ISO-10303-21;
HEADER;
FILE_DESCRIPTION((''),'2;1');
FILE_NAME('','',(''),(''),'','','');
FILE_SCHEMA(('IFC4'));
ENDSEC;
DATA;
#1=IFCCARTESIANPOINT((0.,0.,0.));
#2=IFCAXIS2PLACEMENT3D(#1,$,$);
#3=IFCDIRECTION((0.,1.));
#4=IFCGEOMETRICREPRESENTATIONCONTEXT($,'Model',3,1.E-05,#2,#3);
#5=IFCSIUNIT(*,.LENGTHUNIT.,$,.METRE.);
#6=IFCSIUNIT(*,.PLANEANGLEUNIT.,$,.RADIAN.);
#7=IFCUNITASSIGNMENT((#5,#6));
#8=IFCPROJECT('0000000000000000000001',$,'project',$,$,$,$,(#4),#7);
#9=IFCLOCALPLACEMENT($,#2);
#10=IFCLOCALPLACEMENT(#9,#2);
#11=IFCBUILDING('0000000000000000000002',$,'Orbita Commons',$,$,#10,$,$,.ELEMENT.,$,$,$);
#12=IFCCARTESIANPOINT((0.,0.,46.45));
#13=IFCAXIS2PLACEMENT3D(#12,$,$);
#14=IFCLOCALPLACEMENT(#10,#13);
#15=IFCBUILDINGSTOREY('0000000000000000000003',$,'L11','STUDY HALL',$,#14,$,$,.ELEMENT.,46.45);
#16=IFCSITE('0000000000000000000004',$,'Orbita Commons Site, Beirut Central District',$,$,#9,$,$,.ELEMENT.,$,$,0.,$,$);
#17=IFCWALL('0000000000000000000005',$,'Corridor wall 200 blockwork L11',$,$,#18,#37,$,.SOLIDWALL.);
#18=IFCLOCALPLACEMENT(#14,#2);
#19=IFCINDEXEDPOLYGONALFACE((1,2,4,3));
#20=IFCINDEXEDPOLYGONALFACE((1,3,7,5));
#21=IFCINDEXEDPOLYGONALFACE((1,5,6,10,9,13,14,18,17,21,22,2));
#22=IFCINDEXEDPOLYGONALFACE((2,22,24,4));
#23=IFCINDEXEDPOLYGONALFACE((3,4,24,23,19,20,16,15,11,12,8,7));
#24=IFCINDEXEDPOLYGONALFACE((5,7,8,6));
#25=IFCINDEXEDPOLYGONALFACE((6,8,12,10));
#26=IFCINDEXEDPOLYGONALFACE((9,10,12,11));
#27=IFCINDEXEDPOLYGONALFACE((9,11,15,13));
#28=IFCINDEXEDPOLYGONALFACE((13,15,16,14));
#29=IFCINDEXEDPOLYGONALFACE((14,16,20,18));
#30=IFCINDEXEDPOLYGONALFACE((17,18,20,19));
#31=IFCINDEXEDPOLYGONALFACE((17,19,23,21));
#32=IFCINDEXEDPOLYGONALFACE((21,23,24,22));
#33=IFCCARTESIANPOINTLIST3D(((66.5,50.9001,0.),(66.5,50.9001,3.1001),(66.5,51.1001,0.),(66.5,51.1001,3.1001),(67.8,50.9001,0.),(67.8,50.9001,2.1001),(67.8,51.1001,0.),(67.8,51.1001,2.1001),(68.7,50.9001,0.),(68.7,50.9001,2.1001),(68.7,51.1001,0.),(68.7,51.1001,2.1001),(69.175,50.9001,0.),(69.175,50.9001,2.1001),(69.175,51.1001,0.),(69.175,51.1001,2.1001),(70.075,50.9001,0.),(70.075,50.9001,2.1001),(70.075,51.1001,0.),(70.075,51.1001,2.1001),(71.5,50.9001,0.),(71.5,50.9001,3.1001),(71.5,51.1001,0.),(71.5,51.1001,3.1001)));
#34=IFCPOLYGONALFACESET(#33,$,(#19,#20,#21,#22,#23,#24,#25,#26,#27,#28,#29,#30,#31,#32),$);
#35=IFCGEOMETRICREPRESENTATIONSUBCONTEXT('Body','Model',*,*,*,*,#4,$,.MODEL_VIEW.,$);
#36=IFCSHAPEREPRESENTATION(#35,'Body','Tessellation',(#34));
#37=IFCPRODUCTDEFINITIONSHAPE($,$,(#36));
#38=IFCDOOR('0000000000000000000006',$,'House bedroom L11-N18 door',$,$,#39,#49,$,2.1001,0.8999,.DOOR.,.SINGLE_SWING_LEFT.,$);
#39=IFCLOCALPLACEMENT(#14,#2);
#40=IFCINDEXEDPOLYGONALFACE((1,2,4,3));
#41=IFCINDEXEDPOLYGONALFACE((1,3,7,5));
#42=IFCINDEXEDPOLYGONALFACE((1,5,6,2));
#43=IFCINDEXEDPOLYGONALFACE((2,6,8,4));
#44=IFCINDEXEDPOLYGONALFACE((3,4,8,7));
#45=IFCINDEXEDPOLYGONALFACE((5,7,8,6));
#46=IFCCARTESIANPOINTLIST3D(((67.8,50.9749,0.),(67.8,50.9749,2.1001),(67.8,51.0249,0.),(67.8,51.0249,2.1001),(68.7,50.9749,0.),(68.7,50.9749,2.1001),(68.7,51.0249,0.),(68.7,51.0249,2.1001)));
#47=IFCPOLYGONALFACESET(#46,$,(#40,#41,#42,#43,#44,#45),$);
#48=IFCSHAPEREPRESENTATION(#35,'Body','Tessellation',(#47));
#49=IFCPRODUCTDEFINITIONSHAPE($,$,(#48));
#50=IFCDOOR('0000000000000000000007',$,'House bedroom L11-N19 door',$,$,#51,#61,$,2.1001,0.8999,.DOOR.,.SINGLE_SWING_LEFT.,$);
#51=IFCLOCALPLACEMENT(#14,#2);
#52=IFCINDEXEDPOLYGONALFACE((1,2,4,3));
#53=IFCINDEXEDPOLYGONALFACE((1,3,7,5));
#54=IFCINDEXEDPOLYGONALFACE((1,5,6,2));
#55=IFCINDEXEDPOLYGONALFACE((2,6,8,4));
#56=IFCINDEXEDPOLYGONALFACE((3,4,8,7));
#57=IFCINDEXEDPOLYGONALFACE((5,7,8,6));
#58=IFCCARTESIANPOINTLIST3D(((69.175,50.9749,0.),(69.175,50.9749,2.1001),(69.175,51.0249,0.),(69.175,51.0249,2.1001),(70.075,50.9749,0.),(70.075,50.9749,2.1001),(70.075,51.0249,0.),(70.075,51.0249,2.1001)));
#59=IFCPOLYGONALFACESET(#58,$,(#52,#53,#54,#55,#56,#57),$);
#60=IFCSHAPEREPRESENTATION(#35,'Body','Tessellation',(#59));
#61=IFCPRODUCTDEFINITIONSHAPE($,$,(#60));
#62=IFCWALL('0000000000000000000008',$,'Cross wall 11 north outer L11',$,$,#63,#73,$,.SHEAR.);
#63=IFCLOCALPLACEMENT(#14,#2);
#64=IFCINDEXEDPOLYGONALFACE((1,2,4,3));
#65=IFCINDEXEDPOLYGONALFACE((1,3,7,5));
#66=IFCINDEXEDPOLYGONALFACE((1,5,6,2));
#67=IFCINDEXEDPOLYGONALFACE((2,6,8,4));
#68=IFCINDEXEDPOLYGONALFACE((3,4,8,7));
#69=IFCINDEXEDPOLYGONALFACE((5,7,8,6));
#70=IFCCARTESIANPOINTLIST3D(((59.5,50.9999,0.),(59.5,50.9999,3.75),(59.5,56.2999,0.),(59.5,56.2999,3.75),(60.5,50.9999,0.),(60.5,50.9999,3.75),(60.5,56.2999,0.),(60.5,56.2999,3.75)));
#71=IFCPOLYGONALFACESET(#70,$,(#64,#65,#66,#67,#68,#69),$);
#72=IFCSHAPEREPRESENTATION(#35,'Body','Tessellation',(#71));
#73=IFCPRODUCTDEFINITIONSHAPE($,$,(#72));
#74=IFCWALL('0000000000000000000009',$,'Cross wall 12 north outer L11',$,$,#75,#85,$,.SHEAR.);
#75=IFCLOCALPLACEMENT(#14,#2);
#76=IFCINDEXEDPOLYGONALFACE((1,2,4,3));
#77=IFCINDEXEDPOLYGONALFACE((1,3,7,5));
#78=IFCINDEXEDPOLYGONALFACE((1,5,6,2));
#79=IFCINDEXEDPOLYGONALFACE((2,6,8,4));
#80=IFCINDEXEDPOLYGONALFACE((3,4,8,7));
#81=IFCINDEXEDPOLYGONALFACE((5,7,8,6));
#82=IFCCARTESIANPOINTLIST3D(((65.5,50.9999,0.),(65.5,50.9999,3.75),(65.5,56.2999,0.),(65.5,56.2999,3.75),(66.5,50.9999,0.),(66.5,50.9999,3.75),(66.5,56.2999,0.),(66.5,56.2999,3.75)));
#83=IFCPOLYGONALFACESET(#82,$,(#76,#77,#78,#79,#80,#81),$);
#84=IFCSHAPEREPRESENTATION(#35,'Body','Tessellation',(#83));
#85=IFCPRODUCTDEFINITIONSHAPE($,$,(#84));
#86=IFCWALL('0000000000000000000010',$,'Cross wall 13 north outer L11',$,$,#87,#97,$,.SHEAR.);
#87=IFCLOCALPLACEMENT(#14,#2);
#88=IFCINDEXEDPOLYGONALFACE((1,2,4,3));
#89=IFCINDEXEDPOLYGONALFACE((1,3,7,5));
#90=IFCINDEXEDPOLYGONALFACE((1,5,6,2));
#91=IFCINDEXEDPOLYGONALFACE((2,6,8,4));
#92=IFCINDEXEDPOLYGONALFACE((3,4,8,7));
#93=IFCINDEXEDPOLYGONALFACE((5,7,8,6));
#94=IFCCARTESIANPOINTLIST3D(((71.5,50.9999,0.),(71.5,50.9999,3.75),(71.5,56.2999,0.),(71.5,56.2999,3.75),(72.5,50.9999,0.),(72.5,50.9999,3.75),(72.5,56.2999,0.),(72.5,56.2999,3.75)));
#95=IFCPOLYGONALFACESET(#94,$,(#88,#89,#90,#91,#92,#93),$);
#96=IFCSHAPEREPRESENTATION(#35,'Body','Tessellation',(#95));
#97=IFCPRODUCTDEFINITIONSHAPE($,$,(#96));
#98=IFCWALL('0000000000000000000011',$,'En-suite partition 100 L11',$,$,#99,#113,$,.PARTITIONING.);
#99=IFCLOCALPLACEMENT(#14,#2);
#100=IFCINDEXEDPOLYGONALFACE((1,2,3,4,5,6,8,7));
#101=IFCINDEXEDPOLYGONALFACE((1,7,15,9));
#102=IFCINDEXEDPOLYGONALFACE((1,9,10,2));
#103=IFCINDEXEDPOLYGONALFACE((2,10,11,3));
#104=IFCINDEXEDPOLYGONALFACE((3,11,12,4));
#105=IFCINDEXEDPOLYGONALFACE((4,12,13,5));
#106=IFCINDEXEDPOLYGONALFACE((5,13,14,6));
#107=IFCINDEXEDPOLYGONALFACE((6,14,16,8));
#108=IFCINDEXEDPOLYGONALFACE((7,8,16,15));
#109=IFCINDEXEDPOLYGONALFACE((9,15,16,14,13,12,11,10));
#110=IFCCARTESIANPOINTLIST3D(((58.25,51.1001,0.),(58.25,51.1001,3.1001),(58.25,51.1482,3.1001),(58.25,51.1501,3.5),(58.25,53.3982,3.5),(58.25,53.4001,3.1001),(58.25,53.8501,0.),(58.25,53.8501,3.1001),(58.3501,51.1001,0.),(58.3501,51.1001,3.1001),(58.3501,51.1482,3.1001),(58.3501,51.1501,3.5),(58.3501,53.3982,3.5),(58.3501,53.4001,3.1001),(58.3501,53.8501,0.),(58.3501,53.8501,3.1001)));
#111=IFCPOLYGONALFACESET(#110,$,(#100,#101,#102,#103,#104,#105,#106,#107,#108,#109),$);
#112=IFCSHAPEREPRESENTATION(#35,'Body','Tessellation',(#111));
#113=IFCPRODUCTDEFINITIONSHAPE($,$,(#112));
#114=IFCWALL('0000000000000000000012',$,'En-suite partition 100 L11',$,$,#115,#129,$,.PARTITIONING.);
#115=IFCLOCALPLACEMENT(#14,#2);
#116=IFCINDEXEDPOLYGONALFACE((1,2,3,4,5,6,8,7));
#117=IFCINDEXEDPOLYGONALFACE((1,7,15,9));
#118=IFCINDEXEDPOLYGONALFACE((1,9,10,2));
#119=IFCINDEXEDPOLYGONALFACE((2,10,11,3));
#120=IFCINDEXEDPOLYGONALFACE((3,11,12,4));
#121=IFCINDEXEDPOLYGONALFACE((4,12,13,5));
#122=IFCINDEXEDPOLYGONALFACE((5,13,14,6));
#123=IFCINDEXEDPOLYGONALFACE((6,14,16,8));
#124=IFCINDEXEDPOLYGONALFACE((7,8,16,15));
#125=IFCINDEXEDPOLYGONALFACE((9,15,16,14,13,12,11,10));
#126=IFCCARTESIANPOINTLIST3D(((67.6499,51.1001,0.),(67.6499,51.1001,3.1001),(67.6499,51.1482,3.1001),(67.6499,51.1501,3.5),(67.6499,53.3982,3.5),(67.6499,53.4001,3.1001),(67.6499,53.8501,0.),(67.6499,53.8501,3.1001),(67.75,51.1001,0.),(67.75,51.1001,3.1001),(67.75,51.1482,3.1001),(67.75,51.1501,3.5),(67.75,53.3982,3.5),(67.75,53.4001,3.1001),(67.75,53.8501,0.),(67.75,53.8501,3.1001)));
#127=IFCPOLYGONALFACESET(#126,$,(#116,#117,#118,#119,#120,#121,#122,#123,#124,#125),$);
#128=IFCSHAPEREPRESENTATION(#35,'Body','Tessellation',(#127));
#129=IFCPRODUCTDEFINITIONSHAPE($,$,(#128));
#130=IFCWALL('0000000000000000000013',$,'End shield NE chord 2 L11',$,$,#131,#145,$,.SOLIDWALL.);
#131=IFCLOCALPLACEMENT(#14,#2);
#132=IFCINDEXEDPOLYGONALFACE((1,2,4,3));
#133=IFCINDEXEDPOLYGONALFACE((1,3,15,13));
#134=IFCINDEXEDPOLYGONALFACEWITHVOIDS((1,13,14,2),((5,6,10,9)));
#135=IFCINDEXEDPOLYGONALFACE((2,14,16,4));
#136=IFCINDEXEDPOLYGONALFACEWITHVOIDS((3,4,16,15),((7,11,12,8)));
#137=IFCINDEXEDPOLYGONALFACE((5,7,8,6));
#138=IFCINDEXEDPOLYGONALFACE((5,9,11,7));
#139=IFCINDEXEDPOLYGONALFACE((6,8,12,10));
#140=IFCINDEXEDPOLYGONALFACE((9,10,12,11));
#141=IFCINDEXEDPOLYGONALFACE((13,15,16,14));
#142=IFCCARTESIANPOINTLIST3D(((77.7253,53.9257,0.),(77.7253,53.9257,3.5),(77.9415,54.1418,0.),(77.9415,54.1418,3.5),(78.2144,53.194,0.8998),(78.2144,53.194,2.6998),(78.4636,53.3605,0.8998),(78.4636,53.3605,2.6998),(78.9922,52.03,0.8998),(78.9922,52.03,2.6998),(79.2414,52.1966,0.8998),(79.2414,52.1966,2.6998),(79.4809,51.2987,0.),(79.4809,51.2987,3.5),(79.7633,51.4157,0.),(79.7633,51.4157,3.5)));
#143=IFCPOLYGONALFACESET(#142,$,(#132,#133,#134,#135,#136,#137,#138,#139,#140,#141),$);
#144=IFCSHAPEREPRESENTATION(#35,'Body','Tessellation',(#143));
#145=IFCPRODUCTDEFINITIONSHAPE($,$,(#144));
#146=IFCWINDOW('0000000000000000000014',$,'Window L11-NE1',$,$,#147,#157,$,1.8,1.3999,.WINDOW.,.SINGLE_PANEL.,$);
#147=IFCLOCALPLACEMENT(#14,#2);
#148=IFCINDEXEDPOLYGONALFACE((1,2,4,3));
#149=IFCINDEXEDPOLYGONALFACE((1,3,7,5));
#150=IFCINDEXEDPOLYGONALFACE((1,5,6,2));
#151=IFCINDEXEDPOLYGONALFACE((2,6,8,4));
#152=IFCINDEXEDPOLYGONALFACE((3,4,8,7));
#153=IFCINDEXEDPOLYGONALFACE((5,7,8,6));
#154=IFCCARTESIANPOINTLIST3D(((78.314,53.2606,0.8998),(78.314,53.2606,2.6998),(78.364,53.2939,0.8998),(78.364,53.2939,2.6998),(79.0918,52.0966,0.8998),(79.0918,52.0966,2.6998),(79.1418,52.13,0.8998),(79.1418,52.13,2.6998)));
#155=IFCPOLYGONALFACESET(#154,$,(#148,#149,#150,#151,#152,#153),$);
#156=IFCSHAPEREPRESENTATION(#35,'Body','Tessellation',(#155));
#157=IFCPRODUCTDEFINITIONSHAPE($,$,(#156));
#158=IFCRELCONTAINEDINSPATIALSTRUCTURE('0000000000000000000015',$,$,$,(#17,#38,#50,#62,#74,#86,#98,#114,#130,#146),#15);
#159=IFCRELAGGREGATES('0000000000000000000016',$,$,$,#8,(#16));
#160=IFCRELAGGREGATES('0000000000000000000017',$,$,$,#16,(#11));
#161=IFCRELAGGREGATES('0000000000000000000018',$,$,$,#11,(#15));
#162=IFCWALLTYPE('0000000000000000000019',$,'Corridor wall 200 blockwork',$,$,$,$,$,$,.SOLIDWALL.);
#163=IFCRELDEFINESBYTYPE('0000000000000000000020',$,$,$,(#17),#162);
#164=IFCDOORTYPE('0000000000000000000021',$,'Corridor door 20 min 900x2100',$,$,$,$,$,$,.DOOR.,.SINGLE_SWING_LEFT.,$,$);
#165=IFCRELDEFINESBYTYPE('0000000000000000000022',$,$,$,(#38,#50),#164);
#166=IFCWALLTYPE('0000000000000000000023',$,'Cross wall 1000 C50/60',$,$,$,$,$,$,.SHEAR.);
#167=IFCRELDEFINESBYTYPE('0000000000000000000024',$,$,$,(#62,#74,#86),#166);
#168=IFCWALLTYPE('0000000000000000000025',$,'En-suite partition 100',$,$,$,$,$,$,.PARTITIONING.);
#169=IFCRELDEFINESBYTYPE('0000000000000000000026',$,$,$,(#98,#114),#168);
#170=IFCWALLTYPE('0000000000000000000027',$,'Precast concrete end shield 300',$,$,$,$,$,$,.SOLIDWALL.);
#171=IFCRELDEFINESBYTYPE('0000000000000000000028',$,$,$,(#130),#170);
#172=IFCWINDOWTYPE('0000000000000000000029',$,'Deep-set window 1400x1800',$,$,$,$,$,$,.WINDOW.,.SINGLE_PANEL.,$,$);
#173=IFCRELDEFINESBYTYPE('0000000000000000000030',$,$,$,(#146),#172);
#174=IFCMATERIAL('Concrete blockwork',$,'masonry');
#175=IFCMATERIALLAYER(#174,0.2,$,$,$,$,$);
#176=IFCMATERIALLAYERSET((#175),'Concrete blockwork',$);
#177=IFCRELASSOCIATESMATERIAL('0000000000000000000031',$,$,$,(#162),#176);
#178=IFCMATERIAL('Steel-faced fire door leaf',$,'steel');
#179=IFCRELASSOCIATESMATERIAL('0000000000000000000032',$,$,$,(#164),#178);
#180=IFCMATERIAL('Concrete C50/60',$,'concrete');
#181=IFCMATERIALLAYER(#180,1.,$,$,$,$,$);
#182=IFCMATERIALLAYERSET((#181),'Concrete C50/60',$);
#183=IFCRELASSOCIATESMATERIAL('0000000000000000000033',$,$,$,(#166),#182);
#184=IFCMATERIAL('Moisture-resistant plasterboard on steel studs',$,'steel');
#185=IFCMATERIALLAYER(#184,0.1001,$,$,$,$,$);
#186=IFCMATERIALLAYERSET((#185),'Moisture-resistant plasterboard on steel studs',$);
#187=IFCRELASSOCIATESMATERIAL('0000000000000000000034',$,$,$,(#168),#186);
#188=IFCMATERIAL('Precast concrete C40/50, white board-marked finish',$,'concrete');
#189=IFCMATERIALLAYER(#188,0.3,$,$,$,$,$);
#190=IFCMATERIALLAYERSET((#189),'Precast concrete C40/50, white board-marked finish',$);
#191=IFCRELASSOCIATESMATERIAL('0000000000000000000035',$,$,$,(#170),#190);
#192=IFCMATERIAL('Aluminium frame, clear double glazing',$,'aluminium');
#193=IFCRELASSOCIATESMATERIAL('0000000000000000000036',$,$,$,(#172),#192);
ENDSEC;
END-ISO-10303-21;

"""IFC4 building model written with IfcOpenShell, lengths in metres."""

from ifc_helpers import new_model, si_unit, direction, frame, frame_2d, origin, place, context, subcontext, project, spatial, polyline, rectangle, outline, extrude, material, layer, layer_set, type_object, element, fill, save


model = new_model("IFC4")

# Units and contexts
model_context = context("Model", 3, precision=1e-05, world=origin(), true_north=direction((0.0, 1.0)))
body_context = subcontext(model_context, "Body", "Model", "MODEL_VIEW")
ifc_project = project(units=[si_unit("LENGTHUNIT", "METRE"), si_unit("PLANEANGLEUNIT", "RADIAN")], contexts=[model_context])

# Site, building, storey
site_placement = place(None, origin())
site = spatial("IfcSite", under=ifc_project, at=site_placement, Name="Orbita Commons Site, Beirut Central District", CompositionType="ELEMENT", RefElevation=0.0)
building_placement = place(site_placement, origin())
building = spatial("IfcBuilding", under=site, at=building_placement, Name="Orbita Commons", CompositionType="ELEMENT")
storey_placement = place(building_placement, frame((0.0, 0.0, 46.45)))
storey = spatial("IfcBuildingStorey", under=building, at=storey_placement, Name="L11", Description="STUDY HALL", CompositionType="ELEMENT", Elevation=46.45)

# Shared definitions
ifc_material_1 = material(Name="Concrete blockwork", Category="masonry")
ifc_layer_1 = layer(ifc_material_1, 0.2)
ifc_layer_set_1 = layer_set([ifc_layer_1], Name="Concrete blockwork")
wall_type_1 = type_object("IfcWallType", Name="Corridor wall 200 blockwork", PredefinedType="SOLIDWALL", material=ifc_layer_set_1)

# Wall, openings, doors
wall_1_placement = place(storey_placement, frame((66.5, 51.0, 0.0), z_axis=(0.0, 0.0, 1.0), x_axis=(1.0, 0.0, 0.0)))
wall_1 = element("IfcWall", 1, at=wall_1_placement, inside=storey, type_object=wall_type_1, Name="Corridor wall 200 blockwork L11", PredefinedType="SOLIDWALL", context=body_context, shape_type="SweptSolid", body=[
    extrude(outline(polyline([(0.0, 0.0), (5.0, 0.0), (5.0, 3.1001), (0.0, 3.1001), (0.0, 0.0)])), frame((0.0, 0.1001, 0.0), z_axis=(0.0, -1.0, 0.0), x_axis=(1.0, 0.0, 0.0)), (0.0, 0.0, 1.0), 0.2),
])
opening_1_placement = place(wall_1_placement, frame((1.3, 0.0, 0.0)))
opening_1 = element("IfcOpeningElement", 2, at=opening_1_placement, cuts=wall_1, PredefinedType="OPENING", context=body_context, shape_type="SweptSolid", body=[
    extrude(rectangle(XDim=0.8999, YDim=2.1001, at=frame_2d((0.45, 1.05))), frame((0.0, 0.1099, 0.0), z_axis=(0.0, -1.0, 0.0), x_axis=(1.0, 0.0, 0.0)), (0.0, 0.0, 1.0), 0.22),
])
opening_2_placement = place(wall_1_placement, frame((2.675, 0.0, 0.0)))
opening_2 = element("IfcOpeningElement", 3, at=opening_2_placement, cuts=wall_1, PredefinedType="OPENING", context=body_context, shape_type="SweptSolid", body=[
    extrude(rectangle(XDim=0.8999, YDim=2.1001, at=frame_2d((0.45, 1.05))), frame((0.0, 0.1099, 0.0), z_axis=(0.0, -1.0, 0.0), x_axis=(1.0, 0.0, 0.0)), (0.0, 0.0, 1.0), 0.22),
])
ifc_material_2 = material(Name="Steel-faced fire door leaf", Category="steel")
door_type_1 = type_object("IfcDoorType", Name="Corridor door 20 min 900x2100", OperationType="SINGLE_SWING_LEFT", PredefinedType="DOOR", material=ifc_material_2)
door_1_placement = place(opening_1_placement, origin())
door_1 = element("IfcDoor", 4, at=door_1_placement, inside=storey, type_object=door_type_1, Name="House bedroom L11-N18 door", OperationType="SINGLE_SWING_LEFT", OverallHeight=2.1001, OverallWidth=0.8999, PredefinedType="DOOR", context=body_context, shape_type="SweptSolid", body=[
    extrude(rectangle(XDim=0.8999, YDim=2.1001, at=frame_2d((0.45, 1.05))), frame((0.0, 0.0249, 0.0), z_axis=(0.0, -1.0, 0.0), x_axis=(1.0, 0.0, 0.0)), (0.0, 0.0, 1.0), 0.05),
])
fill(opening_1, door_1)
door_2_placement = place(opening_2_placement, origin())
door_2 = element("IfcDoor", 5, at=door_2_placement, inside=storey, type_object=door_type_1, Name="House bedroom L11-N19 door", OperationType="SINGLE_SWING_LEFT", OverallHeight=2.1001, OverallWidth=0.8999, PredefinedType="DOOR", context=body_context, shape_type="SweptSolid", body=[
    extrude(rectangle(XDim=0.8999, YDim=2.1001, at=frame_2d((0.45, 1.05))), frame((0.0, 0.0249, 0.0), z_axis=(0.0, -1.0, 0.0), x_axis=(1.0, 0.0, 0.0)), (0.0, 0.0, 1.0), 0.05),
])
fill(opening_2, door_2)

# Walls
ifc_material_3 = material(Name="Concrete C50/60", Category="concrete")
ifc_layer_2 = layer(ifc_material_3, 1.0)
ifc_layer_set_2 = layer_set([ifc_layer_2], Name="Concrete C50/60")
wall_type_2 = type_object("IfcWallType", Name="Cross wall 1000 C50/60", PredefinedType="SHEAR", material=ifc_layer_set_2)
for number, where, z_axis, x_axis, name in (
    (6, (60.0, 51.0, 0.0), (0.0, 0.0, 1.0), (0.0, 1.0, 0.0), "Cross wall 11 north outer L11"),
    (7, (66.0, 51.0, 0.0), (0.0, 0.0, 1.0), (0.0, 1.0, 0.0), "Cross wall 12 north outer L11"),
    (8, (72.0, 51.0, 0.0), (0.0, 0.0, 1.0), (0.0, 1.0, 0.0), "Cross wall 13 north outer L11"),
):
    element("IfcWall", number, at=place(storey_placement, frame(where, z_axis=z_axis, x_axis=x_axis)), inside=storey, type_object=wall_type_2, Name=name, PredefinedType="SHEAR", context=body_context, shape_type="SweptSolid", body=[
        extrude(rectangle(XDim=5.3, YDim=1.0, at=frame_2d((2.6499, 0.0))), origin(), (0.0, 0.0, 1.0), 3.75),
    ])
ifc_material_4 = material(Name="Moisture-resistant plasterboard on steel studs", Category="steel")
ifc_layer_3 = layer(ifc_material_4, 0.1001)
ifc_layer_set_3 = layer_set([ifc_layer_3], Name="Moisture-resistant plasterboard on steel studs")
wall_type_3 = type_object("IfcWallType", Name="En-suite partition 100", PredefinedType="PARTITIONING", material=ifc_layer_set_3)
for number, where, z_axis, x_axis, name in (
    (9, (58.3, 53.8501, 0.0), (0.0, 0.0, 1.0), (0.0, -1.0, 0.0), "En-suite partition 100 L11"),
    (10, (67.7, 53.8501, 0.0), (0.0, 0.0, 1.0), (0.0, -1.0, 0.0), "En-suite partition 100 L11"),
):
    element("IfcWall", number, at=place(storey_placement, frame(where, z_axis=z_axis, x_axis=x_axis)), inside=storey, type_object=wall_type_3, Name=name, PredefinedType="PARTITIONING", context=body_context, shape_type="SweptSolid", body=[
        extrude(outline(polyline([(0.0, 0.0), (2.75, 0.0), (2.75, 3.1001), (2.7019, 3.1001), (2.7, 3.5), (0.4519, 3.5), (0.45, 3.1001), (0.0, 3.1001), (0.0, 0.0)])), frame((0.0, 0.05, 0.0), z_axis=(0.0, -1.0, 0.0), x_axis=(1.0, 0.0, 0.0)), (0.0, 0.0, 1.0), 0.1001),
    ])

# Wall, opening, window
ifc_material_5 = material(Name="Precast concrete C40/50, white board-marked finish", Category="concrete")
ifc_layer_4 = layer(ifc_material_5, 0.3)
ifc_layer_set_4 = layer_set([ifc_layer_4], Name="Precast concrete C40/50, white board-marked finish")
wall_type_4 = type_object("IfcWallType", Name="Precast concrete end shield 300", PredefinedType="SOLIDWALL", material=ifc_layer_set_4)
wall_2_placement = place(storey_placement, frame((79.6221, 51.3572, 0.0), z_axis=(0.0, 0.0, 1.0), x_axis=(-0.55561, 0.831443, 0.0)))
wall_2 = element("IfcWall", 11, at=wall_2_placement, inside=storey, type_object=wall_type_4, Name="End shield NE chord 2 L11", PredefinedType="SOLIDWALL", context=body_context, shape_type="SweptSolid", body=[
    extrude(outline(polyline([(-0.0298, -0.1499), (3.249, -0.1499), (3.1895, 0.1499), (0.0298, 0.1499), (-0.0298, -0.1499)])), origin(), (0.0, 0.0, 1.0), 3.5),
])
opening_3_placement = place(wall_2_placement, frame((0.9094, 0.0, 0.8999)))
opening_3 = element("IfcOpeningElement", 12, at=opening_3_placement, cuts=wall_2, PredefinedType="OPENING", context=body_context, shape_type="SweptSolid", body=[
    extrude(rectangle(XDim=1.3999, YDim=1.8, at=frame_2d((0.7, 0.8999))), frame((0.0, 0.1599, 0.0), z_axis=(0.0, -1.0, 0.0), x_axis=(1.0, 0.0, 0.0)), (0.0, 0.0, 1.0), 0.3201),
])
ifc_material_6 = material(Name="Aluminium frame, clear double glazing", Category="aluminium")
window_type = type_object("IfcWindowType", Name="Deep-set window 1400x1800", PartitioningType="SINGLE_PANEL", PredefinedType="WINDOW", material=ifc_material_6)
window_placement = place(opening_3_placement, origin())
window = element("IfcWindow", 13, at=window_placement, inside=storey, type_object=window_type, Name="Window L11-NE1", OverallHeight=1.8, OverallWidth=1.3999, PartitioningType="SINGLE_PANEL", PredefinedType="WINDOW", context=body_context, shape_type="SweptSolid", body=[
    extrude(rectangle(XDim=1.3999, YDim=1.8, at=frame_2d((0.7, 0.8999))), frame((0.0, 0.03, 0.0), z_axis=(0.0, -1.0, 0.0), x_axis=(1.0, 0.0, 0.0)), (0.0, 0.0, 1.0), 0.0601),
])
fill(opening_3, window)

save(model, "model.ifc")
